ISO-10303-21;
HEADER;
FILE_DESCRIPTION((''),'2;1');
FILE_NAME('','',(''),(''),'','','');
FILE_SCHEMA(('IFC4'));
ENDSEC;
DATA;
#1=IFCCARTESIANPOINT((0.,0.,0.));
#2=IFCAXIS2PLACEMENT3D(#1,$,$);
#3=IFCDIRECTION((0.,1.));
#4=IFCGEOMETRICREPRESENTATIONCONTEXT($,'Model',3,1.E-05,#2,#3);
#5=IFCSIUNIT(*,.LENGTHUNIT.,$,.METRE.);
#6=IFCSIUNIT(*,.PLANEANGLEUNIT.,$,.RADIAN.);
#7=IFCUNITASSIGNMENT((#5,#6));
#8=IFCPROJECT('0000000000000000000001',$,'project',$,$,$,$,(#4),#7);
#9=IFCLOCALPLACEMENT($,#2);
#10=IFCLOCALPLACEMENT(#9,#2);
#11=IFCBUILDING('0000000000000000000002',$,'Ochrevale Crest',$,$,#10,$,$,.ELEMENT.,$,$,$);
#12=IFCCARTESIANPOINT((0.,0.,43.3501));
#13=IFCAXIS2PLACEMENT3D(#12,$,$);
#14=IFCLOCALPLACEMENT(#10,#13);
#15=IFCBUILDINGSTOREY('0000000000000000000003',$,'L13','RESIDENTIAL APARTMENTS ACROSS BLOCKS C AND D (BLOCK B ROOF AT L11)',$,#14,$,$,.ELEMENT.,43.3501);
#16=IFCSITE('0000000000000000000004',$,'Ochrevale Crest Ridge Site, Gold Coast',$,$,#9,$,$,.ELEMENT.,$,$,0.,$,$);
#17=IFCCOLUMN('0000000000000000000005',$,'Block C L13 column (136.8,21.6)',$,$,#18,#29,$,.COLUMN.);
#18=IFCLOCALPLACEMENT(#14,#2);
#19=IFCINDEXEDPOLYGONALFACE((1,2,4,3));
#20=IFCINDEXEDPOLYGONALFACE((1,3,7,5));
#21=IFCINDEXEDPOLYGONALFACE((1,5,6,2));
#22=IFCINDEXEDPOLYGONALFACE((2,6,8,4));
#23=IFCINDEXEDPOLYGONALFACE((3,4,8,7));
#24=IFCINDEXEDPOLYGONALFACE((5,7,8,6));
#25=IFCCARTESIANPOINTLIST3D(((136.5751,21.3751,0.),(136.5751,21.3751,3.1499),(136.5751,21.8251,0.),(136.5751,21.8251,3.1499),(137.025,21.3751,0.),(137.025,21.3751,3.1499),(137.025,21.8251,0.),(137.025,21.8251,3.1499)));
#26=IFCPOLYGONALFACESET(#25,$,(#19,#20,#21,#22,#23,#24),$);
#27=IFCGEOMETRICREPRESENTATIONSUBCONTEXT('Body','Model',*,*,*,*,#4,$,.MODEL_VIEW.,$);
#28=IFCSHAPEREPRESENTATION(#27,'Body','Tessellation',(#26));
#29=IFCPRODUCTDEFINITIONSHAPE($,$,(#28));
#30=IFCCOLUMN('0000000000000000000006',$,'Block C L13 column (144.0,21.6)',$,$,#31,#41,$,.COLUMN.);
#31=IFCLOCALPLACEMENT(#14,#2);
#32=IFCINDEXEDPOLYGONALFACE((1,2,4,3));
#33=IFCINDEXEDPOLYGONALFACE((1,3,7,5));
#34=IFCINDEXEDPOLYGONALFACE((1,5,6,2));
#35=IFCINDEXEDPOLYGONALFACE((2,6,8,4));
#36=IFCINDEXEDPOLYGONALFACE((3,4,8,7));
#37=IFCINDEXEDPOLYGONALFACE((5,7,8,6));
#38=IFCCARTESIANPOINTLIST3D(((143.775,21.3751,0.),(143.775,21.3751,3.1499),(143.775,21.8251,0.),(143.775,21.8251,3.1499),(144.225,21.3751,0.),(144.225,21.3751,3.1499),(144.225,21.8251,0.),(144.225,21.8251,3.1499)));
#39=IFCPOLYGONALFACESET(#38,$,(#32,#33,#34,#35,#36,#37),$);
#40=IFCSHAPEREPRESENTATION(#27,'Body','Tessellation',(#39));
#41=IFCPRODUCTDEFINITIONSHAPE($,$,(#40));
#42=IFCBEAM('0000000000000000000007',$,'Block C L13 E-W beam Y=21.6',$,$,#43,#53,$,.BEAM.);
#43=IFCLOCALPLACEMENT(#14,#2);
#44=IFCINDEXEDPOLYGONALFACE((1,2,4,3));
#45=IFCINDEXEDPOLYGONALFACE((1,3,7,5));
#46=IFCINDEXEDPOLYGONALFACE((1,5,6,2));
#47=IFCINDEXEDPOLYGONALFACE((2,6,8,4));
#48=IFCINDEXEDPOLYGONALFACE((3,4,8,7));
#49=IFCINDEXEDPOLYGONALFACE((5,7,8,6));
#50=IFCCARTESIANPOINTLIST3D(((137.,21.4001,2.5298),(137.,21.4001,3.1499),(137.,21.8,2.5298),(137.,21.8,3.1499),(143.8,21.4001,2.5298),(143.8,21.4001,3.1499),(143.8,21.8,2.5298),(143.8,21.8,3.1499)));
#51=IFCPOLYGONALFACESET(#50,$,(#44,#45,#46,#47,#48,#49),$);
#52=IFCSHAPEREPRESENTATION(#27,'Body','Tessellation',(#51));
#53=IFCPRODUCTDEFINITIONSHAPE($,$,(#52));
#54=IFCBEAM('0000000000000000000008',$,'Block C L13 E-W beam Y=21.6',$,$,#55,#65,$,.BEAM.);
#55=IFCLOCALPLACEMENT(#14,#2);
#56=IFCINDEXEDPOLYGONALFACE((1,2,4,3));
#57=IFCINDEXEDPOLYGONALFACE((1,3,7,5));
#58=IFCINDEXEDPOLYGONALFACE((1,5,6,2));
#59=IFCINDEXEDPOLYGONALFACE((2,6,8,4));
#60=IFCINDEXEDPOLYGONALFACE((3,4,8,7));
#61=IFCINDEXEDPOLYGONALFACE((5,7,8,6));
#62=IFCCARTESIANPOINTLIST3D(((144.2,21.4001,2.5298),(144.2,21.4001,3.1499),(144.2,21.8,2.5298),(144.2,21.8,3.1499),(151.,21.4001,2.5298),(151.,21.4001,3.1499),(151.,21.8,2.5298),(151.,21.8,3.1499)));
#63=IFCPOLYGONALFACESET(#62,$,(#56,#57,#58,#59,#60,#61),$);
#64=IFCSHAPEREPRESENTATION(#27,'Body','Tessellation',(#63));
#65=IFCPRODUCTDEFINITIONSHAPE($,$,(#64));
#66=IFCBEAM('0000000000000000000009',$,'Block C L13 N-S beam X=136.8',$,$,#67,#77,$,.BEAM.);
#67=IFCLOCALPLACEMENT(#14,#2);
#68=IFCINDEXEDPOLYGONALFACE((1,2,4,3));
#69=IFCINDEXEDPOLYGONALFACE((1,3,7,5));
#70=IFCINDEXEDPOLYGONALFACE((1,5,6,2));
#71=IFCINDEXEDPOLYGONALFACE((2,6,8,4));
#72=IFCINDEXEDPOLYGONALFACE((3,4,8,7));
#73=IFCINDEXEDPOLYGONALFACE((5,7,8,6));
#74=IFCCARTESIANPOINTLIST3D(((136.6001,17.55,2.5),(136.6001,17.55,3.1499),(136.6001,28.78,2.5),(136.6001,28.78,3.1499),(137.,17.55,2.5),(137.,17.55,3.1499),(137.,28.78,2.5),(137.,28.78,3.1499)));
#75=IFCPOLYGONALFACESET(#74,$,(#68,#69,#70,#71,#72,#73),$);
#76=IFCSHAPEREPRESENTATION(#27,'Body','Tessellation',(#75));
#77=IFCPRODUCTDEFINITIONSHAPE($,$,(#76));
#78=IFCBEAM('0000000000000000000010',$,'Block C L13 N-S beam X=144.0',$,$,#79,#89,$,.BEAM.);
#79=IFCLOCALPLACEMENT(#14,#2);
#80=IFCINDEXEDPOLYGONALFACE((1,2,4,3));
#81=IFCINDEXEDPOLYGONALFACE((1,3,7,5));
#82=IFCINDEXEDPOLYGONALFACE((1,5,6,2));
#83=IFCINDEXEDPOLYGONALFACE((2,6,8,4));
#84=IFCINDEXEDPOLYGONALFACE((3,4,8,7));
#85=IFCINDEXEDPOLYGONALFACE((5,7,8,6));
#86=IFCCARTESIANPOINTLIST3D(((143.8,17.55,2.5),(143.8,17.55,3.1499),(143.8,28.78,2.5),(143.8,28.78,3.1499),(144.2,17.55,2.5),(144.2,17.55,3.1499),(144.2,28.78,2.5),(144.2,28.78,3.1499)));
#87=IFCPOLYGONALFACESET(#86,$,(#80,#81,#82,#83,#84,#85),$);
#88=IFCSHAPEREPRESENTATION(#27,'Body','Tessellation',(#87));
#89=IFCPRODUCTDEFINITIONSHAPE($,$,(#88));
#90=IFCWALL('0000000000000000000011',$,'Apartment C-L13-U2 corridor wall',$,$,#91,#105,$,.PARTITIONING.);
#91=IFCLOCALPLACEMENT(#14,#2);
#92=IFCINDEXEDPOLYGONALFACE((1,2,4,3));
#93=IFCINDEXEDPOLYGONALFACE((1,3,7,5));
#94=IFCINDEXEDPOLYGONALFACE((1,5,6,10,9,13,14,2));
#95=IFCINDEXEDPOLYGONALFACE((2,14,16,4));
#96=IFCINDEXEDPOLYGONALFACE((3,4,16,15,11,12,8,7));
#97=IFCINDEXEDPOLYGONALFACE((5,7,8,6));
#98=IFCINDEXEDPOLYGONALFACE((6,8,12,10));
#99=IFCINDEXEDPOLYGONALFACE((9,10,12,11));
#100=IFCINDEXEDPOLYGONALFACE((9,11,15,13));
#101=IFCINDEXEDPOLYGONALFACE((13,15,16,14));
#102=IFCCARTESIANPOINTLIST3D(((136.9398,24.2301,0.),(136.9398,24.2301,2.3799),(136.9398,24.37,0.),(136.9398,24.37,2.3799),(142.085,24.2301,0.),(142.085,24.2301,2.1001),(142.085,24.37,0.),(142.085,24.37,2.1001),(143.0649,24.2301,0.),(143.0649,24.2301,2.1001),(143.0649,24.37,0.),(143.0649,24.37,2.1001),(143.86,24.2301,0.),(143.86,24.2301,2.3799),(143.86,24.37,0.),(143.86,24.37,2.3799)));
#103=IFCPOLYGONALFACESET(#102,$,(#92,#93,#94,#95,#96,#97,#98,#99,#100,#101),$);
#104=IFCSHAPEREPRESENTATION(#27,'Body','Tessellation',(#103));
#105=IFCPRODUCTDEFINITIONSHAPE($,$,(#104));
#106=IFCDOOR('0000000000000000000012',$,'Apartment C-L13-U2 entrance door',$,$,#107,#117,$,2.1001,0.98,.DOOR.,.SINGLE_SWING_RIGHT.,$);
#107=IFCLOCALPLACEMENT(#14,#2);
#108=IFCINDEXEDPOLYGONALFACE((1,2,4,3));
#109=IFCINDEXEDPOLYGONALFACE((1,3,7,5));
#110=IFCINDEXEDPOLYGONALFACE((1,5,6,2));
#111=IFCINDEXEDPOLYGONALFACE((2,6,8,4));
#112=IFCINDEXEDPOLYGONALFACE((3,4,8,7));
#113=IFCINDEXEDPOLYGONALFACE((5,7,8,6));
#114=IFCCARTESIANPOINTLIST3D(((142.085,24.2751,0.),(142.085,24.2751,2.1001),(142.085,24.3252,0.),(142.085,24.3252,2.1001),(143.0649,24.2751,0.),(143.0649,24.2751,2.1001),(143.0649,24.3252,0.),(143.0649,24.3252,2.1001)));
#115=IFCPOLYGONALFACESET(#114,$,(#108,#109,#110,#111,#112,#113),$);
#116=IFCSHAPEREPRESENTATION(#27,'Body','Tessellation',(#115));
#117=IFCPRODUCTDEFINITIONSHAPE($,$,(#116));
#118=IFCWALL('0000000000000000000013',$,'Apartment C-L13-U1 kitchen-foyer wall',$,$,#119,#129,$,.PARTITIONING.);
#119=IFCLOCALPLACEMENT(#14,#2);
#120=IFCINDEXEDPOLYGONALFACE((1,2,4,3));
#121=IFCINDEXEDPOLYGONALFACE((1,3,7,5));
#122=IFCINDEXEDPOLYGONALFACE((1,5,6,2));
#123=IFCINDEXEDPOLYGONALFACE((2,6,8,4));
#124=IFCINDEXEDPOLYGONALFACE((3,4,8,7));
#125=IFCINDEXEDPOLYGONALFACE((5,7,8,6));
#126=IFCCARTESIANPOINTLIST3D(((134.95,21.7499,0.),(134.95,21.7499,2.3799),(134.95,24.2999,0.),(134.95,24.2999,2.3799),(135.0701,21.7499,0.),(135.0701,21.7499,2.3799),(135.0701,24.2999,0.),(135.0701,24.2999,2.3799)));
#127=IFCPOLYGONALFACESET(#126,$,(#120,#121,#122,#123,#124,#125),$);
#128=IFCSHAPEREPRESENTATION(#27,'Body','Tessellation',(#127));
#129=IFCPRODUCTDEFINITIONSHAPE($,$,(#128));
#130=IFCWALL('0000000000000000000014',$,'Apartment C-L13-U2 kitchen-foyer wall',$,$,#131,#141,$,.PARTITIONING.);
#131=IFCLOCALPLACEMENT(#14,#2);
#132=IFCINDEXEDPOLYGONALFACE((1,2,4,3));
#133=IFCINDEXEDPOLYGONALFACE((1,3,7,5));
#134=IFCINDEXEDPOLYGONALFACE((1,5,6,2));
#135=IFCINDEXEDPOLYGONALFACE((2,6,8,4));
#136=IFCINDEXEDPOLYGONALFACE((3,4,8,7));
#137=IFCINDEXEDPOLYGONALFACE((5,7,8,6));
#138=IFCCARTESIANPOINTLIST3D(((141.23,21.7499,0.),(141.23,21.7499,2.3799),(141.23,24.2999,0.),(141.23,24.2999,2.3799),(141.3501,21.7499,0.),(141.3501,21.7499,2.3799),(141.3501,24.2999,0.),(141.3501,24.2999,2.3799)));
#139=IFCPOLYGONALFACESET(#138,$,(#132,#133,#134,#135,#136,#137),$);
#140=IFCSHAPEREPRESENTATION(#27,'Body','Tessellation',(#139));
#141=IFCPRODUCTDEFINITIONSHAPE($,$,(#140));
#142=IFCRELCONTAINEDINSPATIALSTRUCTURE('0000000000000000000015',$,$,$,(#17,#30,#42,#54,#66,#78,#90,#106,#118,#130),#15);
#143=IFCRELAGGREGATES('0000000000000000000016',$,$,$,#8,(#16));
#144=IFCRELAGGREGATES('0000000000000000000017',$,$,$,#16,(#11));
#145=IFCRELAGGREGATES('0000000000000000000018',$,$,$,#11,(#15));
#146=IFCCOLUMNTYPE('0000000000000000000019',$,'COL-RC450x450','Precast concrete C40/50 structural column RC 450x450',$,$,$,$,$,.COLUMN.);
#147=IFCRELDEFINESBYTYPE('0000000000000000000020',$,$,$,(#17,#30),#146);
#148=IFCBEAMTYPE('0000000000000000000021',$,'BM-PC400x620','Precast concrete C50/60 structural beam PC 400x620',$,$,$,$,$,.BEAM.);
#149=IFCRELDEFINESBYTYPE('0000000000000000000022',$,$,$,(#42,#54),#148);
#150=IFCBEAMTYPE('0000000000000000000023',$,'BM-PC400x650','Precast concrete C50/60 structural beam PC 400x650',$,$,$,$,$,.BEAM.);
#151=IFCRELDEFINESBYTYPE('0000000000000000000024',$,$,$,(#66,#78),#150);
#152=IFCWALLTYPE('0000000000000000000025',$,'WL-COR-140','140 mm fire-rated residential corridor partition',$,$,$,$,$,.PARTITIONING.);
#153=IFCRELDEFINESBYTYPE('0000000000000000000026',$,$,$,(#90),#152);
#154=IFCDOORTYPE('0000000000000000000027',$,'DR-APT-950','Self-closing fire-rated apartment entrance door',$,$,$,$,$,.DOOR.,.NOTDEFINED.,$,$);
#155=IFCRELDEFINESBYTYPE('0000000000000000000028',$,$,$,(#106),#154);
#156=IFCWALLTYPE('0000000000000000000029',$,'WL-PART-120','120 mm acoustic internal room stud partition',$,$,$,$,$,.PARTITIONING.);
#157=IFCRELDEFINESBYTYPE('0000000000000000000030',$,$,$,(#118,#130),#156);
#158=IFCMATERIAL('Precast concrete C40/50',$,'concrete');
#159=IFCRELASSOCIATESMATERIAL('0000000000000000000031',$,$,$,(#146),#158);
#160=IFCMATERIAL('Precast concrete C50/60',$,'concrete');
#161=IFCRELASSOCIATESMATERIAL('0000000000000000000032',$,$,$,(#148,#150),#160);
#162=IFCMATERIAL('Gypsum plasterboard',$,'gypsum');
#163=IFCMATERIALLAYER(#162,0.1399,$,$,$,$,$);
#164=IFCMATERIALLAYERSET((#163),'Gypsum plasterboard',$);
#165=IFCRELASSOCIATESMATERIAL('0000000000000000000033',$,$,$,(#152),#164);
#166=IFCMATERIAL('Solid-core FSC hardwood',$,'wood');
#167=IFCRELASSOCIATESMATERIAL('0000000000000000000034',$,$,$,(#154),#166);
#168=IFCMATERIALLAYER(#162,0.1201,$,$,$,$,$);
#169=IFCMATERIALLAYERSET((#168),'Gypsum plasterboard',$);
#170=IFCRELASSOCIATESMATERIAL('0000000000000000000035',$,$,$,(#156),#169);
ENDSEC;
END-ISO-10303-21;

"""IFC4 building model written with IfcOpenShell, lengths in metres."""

from ifc_helpers import new_model, si_unit, direction, frame, frame_2d, origin, origin_2d, place, context, subcontext, project, spatial, rectangle, extrude, material, layer, layer_set, material_profile, profile_set, type_object, element, fill, save


model = new_model("IFC4")

# Units and contexts
model_context = context("Model", 3, precision=1e-05, world=origin(), true_north=direction((0.0, 1.0)))
body_context = subcontext(model_context, "Body", "Model", "MODEL_VIEW")
ifc_project = project(units=[si_unit("LENGTHUNIT", "METRE"), si_unit("PLANEANGLEUNIT", "RADIAN")], contexts=[model_context])

# Site, building, storey
site_placement = place(None, origin())
site = spatial("IfcSite", under=ifc_project, at=site_placement, Name="Ochrevale Crest Ridge Site, Gold Coast", CompositionType="ELEMENT", RefElevation=0.0)
building_placement = place(site_placement, origin())
building = spatial("IfcBuilding", under=site, at=building_placement, Name="Ochrevale Crest", CompositionType="ELEMENT")
storey_placement = place(building_placement, frame((0.0, 0.0, 43.3501)))
storey = spatial("IfcBuildingStorey", under=building, at=storey_placement, Name="L13", Description="RESIDENTIAL APARTMENTS ACROSS BLOCKS C AND D (BLOCK B ROOF AT L11)", CompositionType="ELEMENT", Elevation=43.3501)

# Columns
ifc_material_1 = material(Name="Precast concrete C40/50", Category="concrete")
ifc_material_profile_1 = material_profile(ifc_material_1, rectangle(XDim=0.45, YDim=0.45, at=origin_2d()), Name="RC 450x450")
ifc_profile_set_1 = profile_set([ifc_material_profile_1], Name="Precast concrete C40/50")
column_type = type_object("IfcColumnType", Name="COL-RC450x450", Description="Precast concrete C40/50 structural column RC 450x450", PredefinedType="COLUMN", material=ifc_profile_set_1)
for number, where, z_axis, x_axis, name in (
    (1, (136.8, 21.6001, 0.0), (0.0, 0.0, 1.0), (1.0, 0.0, 0.0), "Block C L13 column (136.8,21.6)"),
    (2, (144.0, 21.6001, 0.0), (0.0, 0.0, 1.0), (1.0, 0.0, 0.0), "Block C L13 column (144.0,21.6)"),
):
    element("IfcColumn", number, at=place(storey_placement, frame(where, z_axis=z_axis, x_axis=x_axis)), inside=storey, type_object=column_type, Name=name, PredefinedType="COLUMN", context=body_context, shape_type="SweptSolid", body=[
        extrude(rectangle(XDim=0.45, YDim=0.45, at=origin_2d()), origin(), (0.0, 0.0, 1.0), 3.1499),
    ])

# Beams
ifc_material_2 = material(Name="Precast concrete C50/60", Category="concrete")
ifc_material_profile_2 = material_profile(ifc_material_2, rectangle(XDim=0.3999, YDim=0.6201, at=origin_2d()), Name="PC 400x620")
ifc_profile_set_2 = profile_set([ifc_material_profile_2], Name="Precast concrete C50/60")
beam_type_1 = type_object("IfcBeamType", Name="BM-PC400x620", Description="Precast concrete C50/60 structural beam PC 400x620", PredefinedType="BEAM", material=ifc_profile_set_2)
for number, where, z_axis, x_axis, name in (
    (3, (137.0, 21.6001, 2.8398), (1.0, 0.0, 0.0), (0.0, 1.0, 0.0), "Block C L13 E-W beam Y=21.6"),
    (4, (144.2, 21.6001, 2.8398), (1.0, 0.0, 0.0), (0.0, 1.0, 0.0), "Block C L13 E-W beam Y=21.6"),
):
    element("IfcBeam", number, at=place(storey_placement, frame(where, z_axis=z_axis, x_axis=x_axis)), inside=storey, type_object=beam_type_1, Name=name, PredefinedType="BEAM", context=body_context, shape_type="SweptSolid", body=[
        extrude(rectangle(XDim=0.3999, YDim=0.6201, at=origin_2d()), origin(), (0.0, 0.0, 1.0), 6.8),
    ])
ifc_material_profile_3 = material_profile(ifc_material_2, rectangle(XDim=0.3999, YDim=0.6499, at=origin_2d()), Name="PC 400x650")
ifc_profile_set_3 = profile_set([ifc_material_profile_3], Name="Precast concrete C50/60")
beam_type_2 = type_object("IfcBeamType", Name="BM-PC400x650", Description="Precast concrete C50/60 structural beam PC 400x650", PredefinedType="BEAM", material=ifc_profile_set_3)
for number, where, z_axis, x_axis, name in (
    (5, (136.8, 17.55, 2.825), (0.0, 1.0, 0.0), (-1.0, 0.0, 0.0), "Block C L13 N-S beam X=136.8"),
    (6, (144.0, 17.55, 2.825), (0.0, 1.0, 0.0), (-1.0, 0.0, 0.0), "Block C L13 N-S beam X=144.0"),
):
    element("IfcBeam", number, at=place(storey_placement, frame(where, z_axis=z_axis, x_axis=x_axis)), inside=storey, type_object=beam_type_2, Name=name, PredefinedType="BEAM", context=body_context, shape_type="SweptSolid", body=[
        extrude(rectangle(XDim=0.3999, YDim=0.6499, at=origin_2d()), origin(), (0.0, 0.0, 1.0), 11.23),
    ])

# Wall, opening, door
ifc_material_3 = material(Name="Gypsum plasterboard", Category="gypsum")
ifc_layer_1 = layer(ifc_material_3, 0.1399)
ifc_layer_set_1 = layer_set([ifc_layer_1], Name="Gypsum plasterboard")
wall_type_1 = type_object("IfcWallType", Name="WL-COR-140", Description="140 mm fire-rated residential corridor partition", PredefinedType="PARTITIONING", material=ifc_layer_set_1)
wall_1_placement = place(storey_placement, frame((136.9399, 24.3, 0.0), z_axis=(0.0, 0.0, 1.0), x_axis=(1.0, 0.0, 0.0)))
wall_1 = element("IfcWall", 7, at=wall_1_placement, inside=storey, type_object=wall_type_1, Name="Apartment C-L13-U2 corridor wall", PredefinedType="PARTITIONING", context=body_context, shape_type="SweptSolid", body=[
    extrude(rectangle(XDim=6.9202, YDim=0.1399, at=frame_2d((3.46, 0.0))), origin(), (0.0, 0.0, 1.0), 2.3799),
])
opening_1_placement = place(wall_1_placement, frame((6.125, 0.0, 0.0), z_axis=(0.0, 0.0, 1.0), x_axis=(-1.0, 0.0, 0.0)))
opening_1 = element("IfcOpeningElement", 8, at=opening_1_placement, cuts=wall_1, PredefinedType="OPENING", context=body_context, shape_type="SweptSolid", body=[
    extrude(rectangle(XDim=0.98, YDim=2.1001, at=frame_2d((0.49, 1.05))), frame((0.0, 0.0801, 0.0), z_axis=(0.0, -1.0, 0.0), x_axis=(1.0, 0.0, 0.0)), (0.0, 0.0, 1.0), 0.1599),
])
ifc_material_4 = material(Name="Solid-core FSC hardwood", Category="wood")
door_type_1 = type_object("IfcDoorType", Name="DR-APT-950", Description="Self-closing fire-rated apartment entrance door", OperationType="NOTDEFINED", PredefinedType="DOOR", material=ifc_material_4)
door_1_placement = place(opening_1_placement, origin())
door_1 = element("IfcDoor", 9, at=door_1_placement, inside=storey, type_object=door_type_1, Name="Apartment C-L13-U2 entrance door", OperationType="SINGLE_SWING_RIGHT", OverallHeight=2.1001, OverallWidth=0.98, PredefinedType="DOOR", context=body_context, shape_type="SweptSolid", body=[
    extrude(rectangle(XDim=0.98, YDim=2.1001, at=frame_2d((0.49, 1.05))), frame((0.0, 0.0249, 0.0), z_axis=(0.0, -1.0, 0.0), x_axis=(1.0, 0.0, 0.0)), (0.0, 0.0, 1.0), 0.05),
])
fill(opening_1, door_1)

# Walls
ifc_layer_2 = layer(ifc_material_3, 0.1201)
ifc_layer_set_2 = layer_set([ifc_layer_2], Name="Gypsum plasterboard")
wall_type_2 = type_object("IfcWallType", Name="WL-PART-120", Description="120 mm acoustic internal room stud partition", PredefinedType="PARTITIONING", material=ifc_layer_set_2)
for number, where, z_axis, x_axis, name in (
    (10, (135.01, 21.75, 0.0), (0.0, 0.0, 1.0), (0.0, 1.0, 0.0), "Apartment C-L13-U1 kitchen-foyer wall"),
    (11, (141.29, 21.75, 0.0), (0.0, 0.0, 1.0), (0.0, 1.0, 0.0), "Apartment C-L13-U2 kitchen-foyer wall"),
):
    element("IfcWall", number, at=place(storey_placement, frame(where, z_axis=z_axis, x_axis=x_axis)), inside=storey, type_object=wall_type_2, Name=name, PredefinedType="PARTITIONING", context=body_context, shape_type="SweptSolid", body=[
        extrude(rectangle(XDim=2.55, YDim=0.1201, at=frame_2d((1.2749, 0.0))), origin(), (0.0, 0.0, 1.0), 2.3799),
    ])

save(model, "model.ifc")
